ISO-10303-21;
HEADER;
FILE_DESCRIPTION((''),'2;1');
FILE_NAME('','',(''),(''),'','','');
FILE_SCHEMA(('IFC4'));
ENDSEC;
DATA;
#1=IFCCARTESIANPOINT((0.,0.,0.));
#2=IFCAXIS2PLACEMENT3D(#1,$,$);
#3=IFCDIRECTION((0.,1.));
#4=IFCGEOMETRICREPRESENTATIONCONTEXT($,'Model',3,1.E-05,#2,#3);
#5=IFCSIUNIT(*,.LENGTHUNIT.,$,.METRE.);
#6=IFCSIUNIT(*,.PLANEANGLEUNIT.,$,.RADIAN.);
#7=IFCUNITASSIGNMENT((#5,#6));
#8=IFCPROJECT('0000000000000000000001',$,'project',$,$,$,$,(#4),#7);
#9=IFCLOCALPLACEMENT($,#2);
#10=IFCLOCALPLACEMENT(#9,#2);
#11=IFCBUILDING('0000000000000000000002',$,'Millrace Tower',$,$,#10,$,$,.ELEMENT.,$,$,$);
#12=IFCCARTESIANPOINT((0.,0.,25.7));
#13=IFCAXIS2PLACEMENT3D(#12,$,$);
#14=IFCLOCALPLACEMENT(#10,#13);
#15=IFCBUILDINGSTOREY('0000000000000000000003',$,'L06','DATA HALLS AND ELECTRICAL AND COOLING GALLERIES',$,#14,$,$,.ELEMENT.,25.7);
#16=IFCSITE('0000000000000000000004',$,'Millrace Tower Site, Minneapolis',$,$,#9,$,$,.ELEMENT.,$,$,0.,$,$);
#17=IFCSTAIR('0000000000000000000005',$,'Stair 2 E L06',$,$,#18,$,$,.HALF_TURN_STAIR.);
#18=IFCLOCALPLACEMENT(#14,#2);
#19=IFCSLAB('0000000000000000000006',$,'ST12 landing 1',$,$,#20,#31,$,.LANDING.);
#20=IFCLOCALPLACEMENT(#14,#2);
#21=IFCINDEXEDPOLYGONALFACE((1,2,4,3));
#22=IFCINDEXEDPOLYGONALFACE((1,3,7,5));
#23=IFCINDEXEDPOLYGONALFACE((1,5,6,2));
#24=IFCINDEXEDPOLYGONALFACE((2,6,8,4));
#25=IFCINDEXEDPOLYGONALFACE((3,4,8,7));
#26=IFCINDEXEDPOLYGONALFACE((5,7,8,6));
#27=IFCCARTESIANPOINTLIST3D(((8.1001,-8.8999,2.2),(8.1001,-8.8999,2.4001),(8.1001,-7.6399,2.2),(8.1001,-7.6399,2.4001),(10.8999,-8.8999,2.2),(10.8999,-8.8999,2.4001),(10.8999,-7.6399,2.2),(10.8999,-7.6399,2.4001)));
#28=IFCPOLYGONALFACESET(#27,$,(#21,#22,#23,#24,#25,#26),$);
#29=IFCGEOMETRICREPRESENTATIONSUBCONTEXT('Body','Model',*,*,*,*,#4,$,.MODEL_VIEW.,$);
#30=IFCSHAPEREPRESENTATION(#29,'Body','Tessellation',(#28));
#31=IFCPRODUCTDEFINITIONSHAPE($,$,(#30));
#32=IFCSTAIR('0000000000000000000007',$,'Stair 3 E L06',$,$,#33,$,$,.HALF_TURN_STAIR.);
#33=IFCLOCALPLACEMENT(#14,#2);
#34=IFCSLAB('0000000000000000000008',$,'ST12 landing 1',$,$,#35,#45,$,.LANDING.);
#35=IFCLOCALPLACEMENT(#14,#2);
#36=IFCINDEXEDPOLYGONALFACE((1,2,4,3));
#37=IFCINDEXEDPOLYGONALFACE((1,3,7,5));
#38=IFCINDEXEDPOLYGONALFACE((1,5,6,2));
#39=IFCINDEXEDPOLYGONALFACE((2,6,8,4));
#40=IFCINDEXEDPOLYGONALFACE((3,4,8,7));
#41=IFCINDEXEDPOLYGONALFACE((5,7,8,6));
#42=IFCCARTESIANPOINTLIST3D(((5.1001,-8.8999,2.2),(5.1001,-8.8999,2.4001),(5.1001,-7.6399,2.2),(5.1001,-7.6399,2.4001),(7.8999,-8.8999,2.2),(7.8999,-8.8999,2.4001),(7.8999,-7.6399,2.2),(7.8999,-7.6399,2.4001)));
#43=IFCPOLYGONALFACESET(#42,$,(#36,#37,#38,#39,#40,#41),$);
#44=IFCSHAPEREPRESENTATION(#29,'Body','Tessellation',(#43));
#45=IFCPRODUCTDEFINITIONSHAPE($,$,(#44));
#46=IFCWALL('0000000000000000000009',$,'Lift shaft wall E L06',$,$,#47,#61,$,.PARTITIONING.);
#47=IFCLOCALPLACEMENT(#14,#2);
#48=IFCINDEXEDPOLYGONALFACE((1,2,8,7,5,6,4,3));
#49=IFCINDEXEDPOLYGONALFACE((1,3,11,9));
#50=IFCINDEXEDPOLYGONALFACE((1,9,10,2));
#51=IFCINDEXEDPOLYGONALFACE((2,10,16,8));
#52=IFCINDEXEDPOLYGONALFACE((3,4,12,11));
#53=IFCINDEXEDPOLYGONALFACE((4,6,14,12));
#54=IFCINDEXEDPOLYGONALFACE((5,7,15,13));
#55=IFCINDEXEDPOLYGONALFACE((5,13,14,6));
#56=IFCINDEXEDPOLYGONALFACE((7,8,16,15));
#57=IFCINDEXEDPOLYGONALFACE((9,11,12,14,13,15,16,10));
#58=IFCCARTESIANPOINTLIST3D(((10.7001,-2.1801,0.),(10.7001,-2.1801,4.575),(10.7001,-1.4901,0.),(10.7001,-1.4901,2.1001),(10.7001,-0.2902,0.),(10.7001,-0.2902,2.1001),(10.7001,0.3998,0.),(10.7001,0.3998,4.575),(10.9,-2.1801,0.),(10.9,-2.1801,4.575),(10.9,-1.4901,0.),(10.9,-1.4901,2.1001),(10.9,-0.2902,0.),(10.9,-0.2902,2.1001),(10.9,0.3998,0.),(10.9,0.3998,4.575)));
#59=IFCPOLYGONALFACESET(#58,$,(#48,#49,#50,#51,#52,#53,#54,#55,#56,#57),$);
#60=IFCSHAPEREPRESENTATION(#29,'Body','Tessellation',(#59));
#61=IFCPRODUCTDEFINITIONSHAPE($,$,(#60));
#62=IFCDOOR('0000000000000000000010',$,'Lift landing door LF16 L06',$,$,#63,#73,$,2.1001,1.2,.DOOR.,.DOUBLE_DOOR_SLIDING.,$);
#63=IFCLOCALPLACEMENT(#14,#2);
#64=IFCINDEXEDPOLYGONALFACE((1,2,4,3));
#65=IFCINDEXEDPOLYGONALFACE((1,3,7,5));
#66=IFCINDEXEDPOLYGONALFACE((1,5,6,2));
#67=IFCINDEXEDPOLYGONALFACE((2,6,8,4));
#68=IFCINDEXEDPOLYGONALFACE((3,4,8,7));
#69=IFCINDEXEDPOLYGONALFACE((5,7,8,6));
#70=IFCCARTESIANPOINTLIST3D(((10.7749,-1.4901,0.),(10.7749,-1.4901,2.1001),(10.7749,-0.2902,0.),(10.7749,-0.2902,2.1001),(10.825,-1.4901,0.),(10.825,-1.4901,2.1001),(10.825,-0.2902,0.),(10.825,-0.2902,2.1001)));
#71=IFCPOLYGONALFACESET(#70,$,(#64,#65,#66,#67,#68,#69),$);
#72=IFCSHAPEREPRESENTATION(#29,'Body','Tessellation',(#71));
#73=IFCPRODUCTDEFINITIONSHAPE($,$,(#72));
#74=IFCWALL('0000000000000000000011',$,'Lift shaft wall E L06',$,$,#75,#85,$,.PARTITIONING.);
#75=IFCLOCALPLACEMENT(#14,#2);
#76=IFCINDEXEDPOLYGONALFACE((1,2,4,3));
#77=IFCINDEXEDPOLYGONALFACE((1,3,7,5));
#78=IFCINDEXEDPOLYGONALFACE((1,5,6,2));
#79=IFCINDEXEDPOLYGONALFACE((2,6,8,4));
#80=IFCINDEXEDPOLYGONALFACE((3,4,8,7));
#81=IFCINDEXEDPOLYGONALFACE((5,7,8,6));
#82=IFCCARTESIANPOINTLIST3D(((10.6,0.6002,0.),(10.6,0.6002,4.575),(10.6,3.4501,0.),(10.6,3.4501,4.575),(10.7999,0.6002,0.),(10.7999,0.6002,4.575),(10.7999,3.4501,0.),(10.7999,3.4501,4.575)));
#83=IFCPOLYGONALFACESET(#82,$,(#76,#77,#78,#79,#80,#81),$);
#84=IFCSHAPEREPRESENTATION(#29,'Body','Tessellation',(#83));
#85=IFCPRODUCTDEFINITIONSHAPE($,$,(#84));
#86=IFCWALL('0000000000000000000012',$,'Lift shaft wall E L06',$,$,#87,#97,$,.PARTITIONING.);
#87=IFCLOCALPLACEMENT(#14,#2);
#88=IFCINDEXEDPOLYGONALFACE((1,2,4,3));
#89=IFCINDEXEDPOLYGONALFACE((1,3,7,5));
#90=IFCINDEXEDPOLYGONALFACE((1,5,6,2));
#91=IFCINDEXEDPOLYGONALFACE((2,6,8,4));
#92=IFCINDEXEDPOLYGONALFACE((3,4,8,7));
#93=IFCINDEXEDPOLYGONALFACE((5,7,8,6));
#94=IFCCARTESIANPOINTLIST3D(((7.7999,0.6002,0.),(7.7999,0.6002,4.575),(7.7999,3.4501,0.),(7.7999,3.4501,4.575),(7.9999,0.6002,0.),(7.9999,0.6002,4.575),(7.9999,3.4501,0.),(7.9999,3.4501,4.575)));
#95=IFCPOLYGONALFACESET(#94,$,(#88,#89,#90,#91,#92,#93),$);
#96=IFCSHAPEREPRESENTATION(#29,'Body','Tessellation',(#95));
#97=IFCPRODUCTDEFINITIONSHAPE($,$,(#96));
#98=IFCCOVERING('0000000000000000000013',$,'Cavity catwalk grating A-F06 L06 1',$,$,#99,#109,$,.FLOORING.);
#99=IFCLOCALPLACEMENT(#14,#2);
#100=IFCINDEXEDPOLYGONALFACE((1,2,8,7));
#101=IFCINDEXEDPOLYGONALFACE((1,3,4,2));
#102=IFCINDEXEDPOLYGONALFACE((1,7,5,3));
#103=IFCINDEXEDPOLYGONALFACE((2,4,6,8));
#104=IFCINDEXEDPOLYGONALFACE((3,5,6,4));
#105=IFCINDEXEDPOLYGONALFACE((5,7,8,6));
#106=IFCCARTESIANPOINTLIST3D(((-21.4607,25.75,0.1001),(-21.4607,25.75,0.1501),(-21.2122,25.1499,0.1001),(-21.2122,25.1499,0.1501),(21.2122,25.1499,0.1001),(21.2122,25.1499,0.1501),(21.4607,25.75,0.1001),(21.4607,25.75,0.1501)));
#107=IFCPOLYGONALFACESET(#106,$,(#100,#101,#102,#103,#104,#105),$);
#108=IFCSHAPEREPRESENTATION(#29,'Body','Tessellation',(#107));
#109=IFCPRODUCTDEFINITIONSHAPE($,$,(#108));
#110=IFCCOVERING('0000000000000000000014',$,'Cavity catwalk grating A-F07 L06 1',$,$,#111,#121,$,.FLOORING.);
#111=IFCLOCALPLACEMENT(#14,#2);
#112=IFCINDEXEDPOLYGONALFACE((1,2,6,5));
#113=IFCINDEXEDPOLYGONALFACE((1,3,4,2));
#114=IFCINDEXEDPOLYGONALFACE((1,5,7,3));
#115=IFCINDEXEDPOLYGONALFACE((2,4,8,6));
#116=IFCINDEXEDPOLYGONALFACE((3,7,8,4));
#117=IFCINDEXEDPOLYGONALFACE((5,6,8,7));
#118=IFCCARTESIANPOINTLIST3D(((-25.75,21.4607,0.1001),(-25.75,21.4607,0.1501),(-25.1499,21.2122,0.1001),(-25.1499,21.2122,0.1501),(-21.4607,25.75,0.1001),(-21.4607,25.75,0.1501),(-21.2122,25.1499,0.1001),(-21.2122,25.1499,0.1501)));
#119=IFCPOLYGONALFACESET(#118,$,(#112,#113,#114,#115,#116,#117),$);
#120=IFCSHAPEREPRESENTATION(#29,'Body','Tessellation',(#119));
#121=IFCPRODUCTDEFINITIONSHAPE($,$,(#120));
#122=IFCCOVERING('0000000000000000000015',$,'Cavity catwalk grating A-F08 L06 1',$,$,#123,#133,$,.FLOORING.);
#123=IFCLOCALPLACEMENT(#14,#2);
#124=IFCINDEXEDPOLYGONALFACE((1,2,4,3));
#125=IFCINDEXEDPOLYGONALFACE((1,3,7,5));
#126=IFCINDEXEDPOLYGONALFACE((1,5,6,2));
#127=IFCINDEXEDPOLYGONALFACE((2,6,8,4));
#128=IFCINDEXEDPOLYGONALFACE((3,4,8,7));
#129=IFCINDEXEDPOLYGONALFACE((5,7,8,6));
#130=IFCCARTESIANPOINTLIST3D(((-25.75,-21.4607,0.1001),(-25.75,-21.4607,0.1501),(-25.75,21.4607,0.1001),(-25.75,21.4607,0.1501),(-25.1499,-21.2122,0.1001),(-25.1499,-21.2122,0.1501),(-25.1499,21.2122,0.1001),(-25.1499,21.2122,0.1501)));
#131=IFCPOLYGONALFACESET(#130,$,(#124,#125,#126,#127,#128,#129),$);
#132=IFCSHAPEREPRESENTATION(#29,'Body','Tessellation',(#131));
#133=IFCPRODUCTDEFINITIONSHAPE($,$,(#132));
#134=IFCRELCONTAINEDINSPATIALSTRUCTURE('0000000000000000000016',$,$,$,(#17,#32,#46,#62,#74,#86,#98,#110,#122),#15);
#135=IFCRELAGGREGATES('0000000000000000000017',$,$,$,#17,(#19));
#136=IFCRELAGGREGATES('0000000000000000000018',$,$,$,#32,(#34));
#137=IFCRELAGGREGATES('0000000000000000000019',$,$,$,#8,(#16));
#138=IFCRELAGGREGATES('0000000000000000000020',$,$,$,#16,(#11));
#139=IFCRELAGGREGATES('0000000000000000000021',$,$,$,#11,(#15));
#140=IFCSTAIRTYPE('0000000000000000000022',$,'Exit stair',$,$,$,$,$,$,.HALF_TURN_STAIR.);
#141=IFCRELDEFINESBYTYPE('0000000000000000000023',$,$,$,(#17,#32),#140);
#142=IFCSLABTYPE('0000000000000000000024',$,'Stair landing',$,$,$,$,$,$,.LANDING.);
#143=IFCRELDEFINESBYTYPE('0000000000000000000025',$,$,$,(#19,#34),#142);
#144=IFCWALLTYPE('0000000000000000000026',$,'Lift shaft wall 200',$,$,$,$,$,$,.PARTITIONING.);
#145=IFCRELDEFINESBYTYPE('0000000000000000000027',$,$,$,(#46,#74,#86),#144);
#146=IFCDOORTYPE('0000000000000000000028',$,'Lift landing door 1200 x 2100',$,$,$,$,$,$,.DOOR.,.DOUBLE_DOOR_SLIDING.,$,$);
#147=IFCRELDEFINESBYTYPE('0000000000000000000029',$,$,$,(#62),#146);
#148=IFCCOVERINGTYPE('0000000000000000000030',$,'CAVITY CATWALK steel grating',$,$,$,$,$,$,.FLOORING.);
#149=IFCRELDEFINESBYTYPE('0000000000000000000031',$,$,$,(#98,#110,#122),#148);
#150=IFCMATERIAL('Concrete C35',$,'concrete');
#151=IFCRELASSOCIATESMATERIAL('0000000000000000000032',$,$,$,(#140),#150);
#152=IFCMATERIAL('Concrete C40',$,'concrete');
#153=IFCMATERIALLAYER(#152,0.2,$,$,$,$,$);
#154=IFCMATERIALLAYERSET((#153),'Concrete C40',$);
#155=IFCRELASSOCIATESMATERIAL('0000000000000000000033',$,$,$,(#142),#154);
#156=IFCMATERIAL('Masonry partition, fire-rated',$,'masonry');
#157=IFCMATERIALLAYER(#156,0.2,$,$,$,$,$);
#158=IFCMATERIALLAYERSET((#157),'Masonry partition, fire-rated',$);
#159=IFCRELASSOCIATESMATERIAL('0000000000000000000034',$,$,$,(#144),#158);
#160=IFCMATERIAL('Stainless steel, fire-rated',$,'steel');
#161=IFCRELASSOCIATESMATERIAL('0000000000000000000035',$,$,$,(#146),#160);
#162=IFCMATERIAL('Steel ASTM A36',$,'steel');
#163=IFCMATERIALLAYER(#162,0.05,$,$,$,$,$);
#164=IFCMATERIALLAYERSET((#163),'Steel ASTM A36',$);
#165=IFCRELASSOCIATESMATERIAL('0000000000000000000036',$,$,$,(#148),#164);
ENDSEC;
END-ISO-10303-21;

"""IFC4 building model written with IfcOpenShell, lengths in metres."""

from ifc_helpers import new_model, si_unit, direction, frame, frame_2d, origin, place, context, subcontext, project, spatial, polyline, rectangle, outline, extrude, material, layer, layer_set, type_object, element, fill, aggregate, save


model = new_model("IFC4")

# Units and contexts
model_context = context("Model", 3, precision=1e-05, world=origin(), true_north=direction((0.0, 1.0)))
body_context = subcontext(model_context, "Body", "Model", "MODEL_VIEW")
ifc_project = project(units=[si_unit("LENGTHUNIT", "METRE"), si_unit("PLANEANGLEUNIT", "RADIAN")], contexts=[model_context])

# Site, building, storey
site_placement = place(None, origin())
site = spatial("IfcSite", under=ifc_project, at=site_placement, Name="Millrace Tower Site, Minneapolis", CompositionType="ELEMENT", RefElevation=0.0)
building_placement = place(site_placement, origin())
building = spatial("IfcBuilding", under=site, at=building_placement, Name="Millrace Tower", CompositionType="ELEMENT")
storey_placement = place(building_placement, frame((0.0, 0.0, 25.7)))
storey = spatial("IfcBuildingStorey", under=building, at=storey_placement, Name="L06", Description="DATA HALLS AND ELECTRICAL AND COOLING GALLERIES", CompositionType="ELEMENT", Elevation=25.7)

# Shared definitions
placement_1 = place(storey_placement, origin())

# Stairs, slabs
ifc_material_1 = material(Name="Concrete C35", Category="concrete")
stair_type = type_object("IfcStairType", Name="Exit stair", PredefinedType="HALF_TURN_STAIR", material=ifc_material_1)
ifc_material_2 = material(Name="Concrete C40", Category="concrete")
ifc_layer_1 = layer(ifc_material_2, 0.2)
ifc_layer_set_1 = layer_set([ifc_layer_1], Name="Concrete C40")
slab_type = type_object("IfcSlabType", Name="Stair landing", PredefinedType="LANDING", material=ifc_layer_set_1)
placement_2 = place(storey_placement, frame((0.0, 0.0, 2.2)))
stair_1 = element("IfcStair", 1, at=placement_1, inside=storey, type_object=stair_type, Name="Stair 2 E L06", PredefinedType="HALF_TURN_STAIR")
slab_1 = element("IfcSlab", 2, at=placement_2, type_object=slab_type, Name="ST12 landing 1", PredefinedType="LANDING", context=body_context, shape_type="SweptSolid", body=[
    extrude(outline(polyline([(8.1001, -8.8999), (10.8999, -8.8999), (10.8999, -7.6399), (8.1001, -7.6399), (8.1001, -8.8999)])), origin(), (0.0, 0.0, 1.0), 0.2002),
])
aggregate(stair_1, [slab_1])
stair_2 = element("IfcStair", 3, at=placement_1, inside=storey, type_object=stair_type, Name="Stair 3 E L06", PredefinedType="HALF_TURN_STAIR")
slab_2 = element("IfcSlab", 4, at=placement_2, type_object=slab_type, Name="ST12 landing 1", PredefinedType="LANDING", context=body_context, shape_type="SweptSolid", body=[
    extrude(outline(polyline([(5.1001, -8.8999), (7.8999, -8.8999), (7.8999, -7.6399), (5.1001, -7.6399), (5.1001, -8.8999)])), origin(), (0.0, 0.0, 1.0), 0.2002),
])
aggregate(stair_2, [slab_2])

# Wall, opening, door
ifc_material_3 = material(Name="Masonry partition, fire-rated", Category="masonry")
ifc_layer_2 = layer(ifc_material_3, 0.2)
ifc_layer_set_2 = layer_set([ifc_layer_2], Name="Masonry partition, fire-rated")
wall_type = type_object("IfcWallType", Name="Lift shaft wall 200", PredefinedType="PARTITIONING", material=ifc_layer_set_2)
wall_placement = place(storey_placement, frame((10.8, 0.3999, 0.0), z_axis=(0.0, 0.0, 1.0), x_axis=(0.0, -1.0, 0.0)))
wall = element("IfcWall", 5, at=wall_placement, inside=storey, type_object=wall_type, Name="Lift shaft wall E L06", PredefinedType="PARTITIONING", context=body_context, shape_type="SweptSolid", body=[
    extrude(rectangle(XDim=2.5798, YDim=0.2, at=frame_2d((1.29, 0.0))), origin(), (0.0, 0.0, 1.0), 4.575),
])
opening_placement = place(wall_placement, frame((0.6899, 0.0, 0.0)))
opening = element("IfcOpeningElement", 6, at=opening_placement, cuts=wall, PredefinedType="OPENING", context=body_context, shape_type="SweptSolid", body=[
    extrude(rectangle(XDim=1.2, YDim=2.1001, at=frame_2d((0.6001, 1.05))), frame((0.0, 0.1099, 0.0), z_axis=(0.0, -1.0, 0.0), x_axis=(1.0, 0.0, 0.0)), (0.0, 0.0, 1.0), 0.22),
])
ifc_material_4 = material(Name="Stainless steel, fire-rated", Category="steel")
door_type = type_object("IfcDoorType", Name="Lift landing door 1200 x 2100", OperationType="DOUBLE_DOOR_SLIDING", PredefinedType="DOOR", material=ifc_material_4)
door_placement = place(opening_placement, origin())
door = element("IfcDoor", 7, at=door_placement, inside=storey, type_object=door_type, Name="Lift landing door LF16 L06", OperationType="DOUBLE_DOOR_SLIDING", OverallHeight=2.1001, OverallWidth=1.2, PredefinedType="DOOR", context=body_context, shape_type="SweptSolid", body=[
    extrude(rectangle(XDim=1.2, YDim=2.1001, at=frame_2d((0.6001, 1.05))), frame((0.0, 0.0249, 0.0), z_axis=(0.0, -1.0, 0.0), x_axis=(1.0, 0.0, 0.0)), (0.0, 0.0, 1.0), 0.05),
])
fill(opening, door)

# Walls
for number, where, z_axis, x_axis, name in (
    (8, (10.7, 3.45, 0.0), (0.0, 0.0, 1.0), (0.0, -1.0, 0.0), "Lift shaft wall E L06"),
    (9, (7.8999, 3.45, 0.0), (0.0, 0.0, 1.0), (0.0, -1.0, 0.0), "Lift shaft wall E L06"),
):
    element("IfcWall", number, at=place(storey_placement, frame(where, z_axis=z_axis, x_axis=x_axis)), inside=storey, type_object=wall_type, Name=name, PredefinedType="PARTITIONING", context=body_context, shape_type="SweptSolid", body=[
        extrude(rectangle(XDim=2.8499, YDim=0.2, at=frame_2d((1.4248, 0.0))), origin(), (0.0, 0.0, 1.0), 4.575),
    ])

# Coverings
ifc_material_5 = material(Name="Steel ASTM A36", Category="steel")
ifc_layer_3 = layer(ifc_material_5, 0.05)
ifc_layer_set_3 = layer_set([ifc_layer_3], Name="Steel ASTM A36")
covering_type = type_object("IfcCoveringType", Name="CAVITY CATWALK steel grating", PredefinedType="FLOORING", material=ifc_layer_set_3)
placement_3 = place(storey_placement, frame((0.0, 0.0, 0.1001)))
element("IfcCovering", 10, at=placement_3, inside=storey, type_object=covering_type, Name="Cavity catwalk grating A-F06 L06 1", PredefinedType="FLOORING", context=body_context, shape_type="SweptSolid", body=[
    extrude(outline(polyline([(21.4607, 25.75), (-21.4607, 25.75), (-21.2122, 25.1499), (21.2122, 25.1499), (21.4607, 25.75)])), origin(), (0.0, 0.0, 1.0), 0.05),
])
element("IfcCovering", 11, at=placement_3, inside=storey, type_object=covering_type, Name="Cavity catwalk grating A-F07 L06 1", PredefinedType="FLOORING", context=body_context, shape_type="SweptSolid", body=[
    extrude(outline(polyline([(-21.4607, 25.75), (-25.75, 21.4607), (-25.1499, 21.2122), (-21.2122, 25.1499), (-21.4607, 25.75)])), origin(), (0.0, 0.0, 1.0), 0.05),
])
element("IfcCovering", 12, at=placement_3, inside=storey, type_object=covering_type, Name="Cavity catwalk grating A-F08 L06 1", PredefinedType="FLOORING", context=body_context, shape_type="SweptSolid", body=[
    extrude(outline(polyline([(-25.75, 21.4607), (-25.75, -21.4607), (-25.1499, -21.2122), (-25.1499, 21.2122), (-25.75, 21.4607)])), origin(), (0.0, 0.0, 1.0), 0.05),
])

save(model, "model.ifc")
